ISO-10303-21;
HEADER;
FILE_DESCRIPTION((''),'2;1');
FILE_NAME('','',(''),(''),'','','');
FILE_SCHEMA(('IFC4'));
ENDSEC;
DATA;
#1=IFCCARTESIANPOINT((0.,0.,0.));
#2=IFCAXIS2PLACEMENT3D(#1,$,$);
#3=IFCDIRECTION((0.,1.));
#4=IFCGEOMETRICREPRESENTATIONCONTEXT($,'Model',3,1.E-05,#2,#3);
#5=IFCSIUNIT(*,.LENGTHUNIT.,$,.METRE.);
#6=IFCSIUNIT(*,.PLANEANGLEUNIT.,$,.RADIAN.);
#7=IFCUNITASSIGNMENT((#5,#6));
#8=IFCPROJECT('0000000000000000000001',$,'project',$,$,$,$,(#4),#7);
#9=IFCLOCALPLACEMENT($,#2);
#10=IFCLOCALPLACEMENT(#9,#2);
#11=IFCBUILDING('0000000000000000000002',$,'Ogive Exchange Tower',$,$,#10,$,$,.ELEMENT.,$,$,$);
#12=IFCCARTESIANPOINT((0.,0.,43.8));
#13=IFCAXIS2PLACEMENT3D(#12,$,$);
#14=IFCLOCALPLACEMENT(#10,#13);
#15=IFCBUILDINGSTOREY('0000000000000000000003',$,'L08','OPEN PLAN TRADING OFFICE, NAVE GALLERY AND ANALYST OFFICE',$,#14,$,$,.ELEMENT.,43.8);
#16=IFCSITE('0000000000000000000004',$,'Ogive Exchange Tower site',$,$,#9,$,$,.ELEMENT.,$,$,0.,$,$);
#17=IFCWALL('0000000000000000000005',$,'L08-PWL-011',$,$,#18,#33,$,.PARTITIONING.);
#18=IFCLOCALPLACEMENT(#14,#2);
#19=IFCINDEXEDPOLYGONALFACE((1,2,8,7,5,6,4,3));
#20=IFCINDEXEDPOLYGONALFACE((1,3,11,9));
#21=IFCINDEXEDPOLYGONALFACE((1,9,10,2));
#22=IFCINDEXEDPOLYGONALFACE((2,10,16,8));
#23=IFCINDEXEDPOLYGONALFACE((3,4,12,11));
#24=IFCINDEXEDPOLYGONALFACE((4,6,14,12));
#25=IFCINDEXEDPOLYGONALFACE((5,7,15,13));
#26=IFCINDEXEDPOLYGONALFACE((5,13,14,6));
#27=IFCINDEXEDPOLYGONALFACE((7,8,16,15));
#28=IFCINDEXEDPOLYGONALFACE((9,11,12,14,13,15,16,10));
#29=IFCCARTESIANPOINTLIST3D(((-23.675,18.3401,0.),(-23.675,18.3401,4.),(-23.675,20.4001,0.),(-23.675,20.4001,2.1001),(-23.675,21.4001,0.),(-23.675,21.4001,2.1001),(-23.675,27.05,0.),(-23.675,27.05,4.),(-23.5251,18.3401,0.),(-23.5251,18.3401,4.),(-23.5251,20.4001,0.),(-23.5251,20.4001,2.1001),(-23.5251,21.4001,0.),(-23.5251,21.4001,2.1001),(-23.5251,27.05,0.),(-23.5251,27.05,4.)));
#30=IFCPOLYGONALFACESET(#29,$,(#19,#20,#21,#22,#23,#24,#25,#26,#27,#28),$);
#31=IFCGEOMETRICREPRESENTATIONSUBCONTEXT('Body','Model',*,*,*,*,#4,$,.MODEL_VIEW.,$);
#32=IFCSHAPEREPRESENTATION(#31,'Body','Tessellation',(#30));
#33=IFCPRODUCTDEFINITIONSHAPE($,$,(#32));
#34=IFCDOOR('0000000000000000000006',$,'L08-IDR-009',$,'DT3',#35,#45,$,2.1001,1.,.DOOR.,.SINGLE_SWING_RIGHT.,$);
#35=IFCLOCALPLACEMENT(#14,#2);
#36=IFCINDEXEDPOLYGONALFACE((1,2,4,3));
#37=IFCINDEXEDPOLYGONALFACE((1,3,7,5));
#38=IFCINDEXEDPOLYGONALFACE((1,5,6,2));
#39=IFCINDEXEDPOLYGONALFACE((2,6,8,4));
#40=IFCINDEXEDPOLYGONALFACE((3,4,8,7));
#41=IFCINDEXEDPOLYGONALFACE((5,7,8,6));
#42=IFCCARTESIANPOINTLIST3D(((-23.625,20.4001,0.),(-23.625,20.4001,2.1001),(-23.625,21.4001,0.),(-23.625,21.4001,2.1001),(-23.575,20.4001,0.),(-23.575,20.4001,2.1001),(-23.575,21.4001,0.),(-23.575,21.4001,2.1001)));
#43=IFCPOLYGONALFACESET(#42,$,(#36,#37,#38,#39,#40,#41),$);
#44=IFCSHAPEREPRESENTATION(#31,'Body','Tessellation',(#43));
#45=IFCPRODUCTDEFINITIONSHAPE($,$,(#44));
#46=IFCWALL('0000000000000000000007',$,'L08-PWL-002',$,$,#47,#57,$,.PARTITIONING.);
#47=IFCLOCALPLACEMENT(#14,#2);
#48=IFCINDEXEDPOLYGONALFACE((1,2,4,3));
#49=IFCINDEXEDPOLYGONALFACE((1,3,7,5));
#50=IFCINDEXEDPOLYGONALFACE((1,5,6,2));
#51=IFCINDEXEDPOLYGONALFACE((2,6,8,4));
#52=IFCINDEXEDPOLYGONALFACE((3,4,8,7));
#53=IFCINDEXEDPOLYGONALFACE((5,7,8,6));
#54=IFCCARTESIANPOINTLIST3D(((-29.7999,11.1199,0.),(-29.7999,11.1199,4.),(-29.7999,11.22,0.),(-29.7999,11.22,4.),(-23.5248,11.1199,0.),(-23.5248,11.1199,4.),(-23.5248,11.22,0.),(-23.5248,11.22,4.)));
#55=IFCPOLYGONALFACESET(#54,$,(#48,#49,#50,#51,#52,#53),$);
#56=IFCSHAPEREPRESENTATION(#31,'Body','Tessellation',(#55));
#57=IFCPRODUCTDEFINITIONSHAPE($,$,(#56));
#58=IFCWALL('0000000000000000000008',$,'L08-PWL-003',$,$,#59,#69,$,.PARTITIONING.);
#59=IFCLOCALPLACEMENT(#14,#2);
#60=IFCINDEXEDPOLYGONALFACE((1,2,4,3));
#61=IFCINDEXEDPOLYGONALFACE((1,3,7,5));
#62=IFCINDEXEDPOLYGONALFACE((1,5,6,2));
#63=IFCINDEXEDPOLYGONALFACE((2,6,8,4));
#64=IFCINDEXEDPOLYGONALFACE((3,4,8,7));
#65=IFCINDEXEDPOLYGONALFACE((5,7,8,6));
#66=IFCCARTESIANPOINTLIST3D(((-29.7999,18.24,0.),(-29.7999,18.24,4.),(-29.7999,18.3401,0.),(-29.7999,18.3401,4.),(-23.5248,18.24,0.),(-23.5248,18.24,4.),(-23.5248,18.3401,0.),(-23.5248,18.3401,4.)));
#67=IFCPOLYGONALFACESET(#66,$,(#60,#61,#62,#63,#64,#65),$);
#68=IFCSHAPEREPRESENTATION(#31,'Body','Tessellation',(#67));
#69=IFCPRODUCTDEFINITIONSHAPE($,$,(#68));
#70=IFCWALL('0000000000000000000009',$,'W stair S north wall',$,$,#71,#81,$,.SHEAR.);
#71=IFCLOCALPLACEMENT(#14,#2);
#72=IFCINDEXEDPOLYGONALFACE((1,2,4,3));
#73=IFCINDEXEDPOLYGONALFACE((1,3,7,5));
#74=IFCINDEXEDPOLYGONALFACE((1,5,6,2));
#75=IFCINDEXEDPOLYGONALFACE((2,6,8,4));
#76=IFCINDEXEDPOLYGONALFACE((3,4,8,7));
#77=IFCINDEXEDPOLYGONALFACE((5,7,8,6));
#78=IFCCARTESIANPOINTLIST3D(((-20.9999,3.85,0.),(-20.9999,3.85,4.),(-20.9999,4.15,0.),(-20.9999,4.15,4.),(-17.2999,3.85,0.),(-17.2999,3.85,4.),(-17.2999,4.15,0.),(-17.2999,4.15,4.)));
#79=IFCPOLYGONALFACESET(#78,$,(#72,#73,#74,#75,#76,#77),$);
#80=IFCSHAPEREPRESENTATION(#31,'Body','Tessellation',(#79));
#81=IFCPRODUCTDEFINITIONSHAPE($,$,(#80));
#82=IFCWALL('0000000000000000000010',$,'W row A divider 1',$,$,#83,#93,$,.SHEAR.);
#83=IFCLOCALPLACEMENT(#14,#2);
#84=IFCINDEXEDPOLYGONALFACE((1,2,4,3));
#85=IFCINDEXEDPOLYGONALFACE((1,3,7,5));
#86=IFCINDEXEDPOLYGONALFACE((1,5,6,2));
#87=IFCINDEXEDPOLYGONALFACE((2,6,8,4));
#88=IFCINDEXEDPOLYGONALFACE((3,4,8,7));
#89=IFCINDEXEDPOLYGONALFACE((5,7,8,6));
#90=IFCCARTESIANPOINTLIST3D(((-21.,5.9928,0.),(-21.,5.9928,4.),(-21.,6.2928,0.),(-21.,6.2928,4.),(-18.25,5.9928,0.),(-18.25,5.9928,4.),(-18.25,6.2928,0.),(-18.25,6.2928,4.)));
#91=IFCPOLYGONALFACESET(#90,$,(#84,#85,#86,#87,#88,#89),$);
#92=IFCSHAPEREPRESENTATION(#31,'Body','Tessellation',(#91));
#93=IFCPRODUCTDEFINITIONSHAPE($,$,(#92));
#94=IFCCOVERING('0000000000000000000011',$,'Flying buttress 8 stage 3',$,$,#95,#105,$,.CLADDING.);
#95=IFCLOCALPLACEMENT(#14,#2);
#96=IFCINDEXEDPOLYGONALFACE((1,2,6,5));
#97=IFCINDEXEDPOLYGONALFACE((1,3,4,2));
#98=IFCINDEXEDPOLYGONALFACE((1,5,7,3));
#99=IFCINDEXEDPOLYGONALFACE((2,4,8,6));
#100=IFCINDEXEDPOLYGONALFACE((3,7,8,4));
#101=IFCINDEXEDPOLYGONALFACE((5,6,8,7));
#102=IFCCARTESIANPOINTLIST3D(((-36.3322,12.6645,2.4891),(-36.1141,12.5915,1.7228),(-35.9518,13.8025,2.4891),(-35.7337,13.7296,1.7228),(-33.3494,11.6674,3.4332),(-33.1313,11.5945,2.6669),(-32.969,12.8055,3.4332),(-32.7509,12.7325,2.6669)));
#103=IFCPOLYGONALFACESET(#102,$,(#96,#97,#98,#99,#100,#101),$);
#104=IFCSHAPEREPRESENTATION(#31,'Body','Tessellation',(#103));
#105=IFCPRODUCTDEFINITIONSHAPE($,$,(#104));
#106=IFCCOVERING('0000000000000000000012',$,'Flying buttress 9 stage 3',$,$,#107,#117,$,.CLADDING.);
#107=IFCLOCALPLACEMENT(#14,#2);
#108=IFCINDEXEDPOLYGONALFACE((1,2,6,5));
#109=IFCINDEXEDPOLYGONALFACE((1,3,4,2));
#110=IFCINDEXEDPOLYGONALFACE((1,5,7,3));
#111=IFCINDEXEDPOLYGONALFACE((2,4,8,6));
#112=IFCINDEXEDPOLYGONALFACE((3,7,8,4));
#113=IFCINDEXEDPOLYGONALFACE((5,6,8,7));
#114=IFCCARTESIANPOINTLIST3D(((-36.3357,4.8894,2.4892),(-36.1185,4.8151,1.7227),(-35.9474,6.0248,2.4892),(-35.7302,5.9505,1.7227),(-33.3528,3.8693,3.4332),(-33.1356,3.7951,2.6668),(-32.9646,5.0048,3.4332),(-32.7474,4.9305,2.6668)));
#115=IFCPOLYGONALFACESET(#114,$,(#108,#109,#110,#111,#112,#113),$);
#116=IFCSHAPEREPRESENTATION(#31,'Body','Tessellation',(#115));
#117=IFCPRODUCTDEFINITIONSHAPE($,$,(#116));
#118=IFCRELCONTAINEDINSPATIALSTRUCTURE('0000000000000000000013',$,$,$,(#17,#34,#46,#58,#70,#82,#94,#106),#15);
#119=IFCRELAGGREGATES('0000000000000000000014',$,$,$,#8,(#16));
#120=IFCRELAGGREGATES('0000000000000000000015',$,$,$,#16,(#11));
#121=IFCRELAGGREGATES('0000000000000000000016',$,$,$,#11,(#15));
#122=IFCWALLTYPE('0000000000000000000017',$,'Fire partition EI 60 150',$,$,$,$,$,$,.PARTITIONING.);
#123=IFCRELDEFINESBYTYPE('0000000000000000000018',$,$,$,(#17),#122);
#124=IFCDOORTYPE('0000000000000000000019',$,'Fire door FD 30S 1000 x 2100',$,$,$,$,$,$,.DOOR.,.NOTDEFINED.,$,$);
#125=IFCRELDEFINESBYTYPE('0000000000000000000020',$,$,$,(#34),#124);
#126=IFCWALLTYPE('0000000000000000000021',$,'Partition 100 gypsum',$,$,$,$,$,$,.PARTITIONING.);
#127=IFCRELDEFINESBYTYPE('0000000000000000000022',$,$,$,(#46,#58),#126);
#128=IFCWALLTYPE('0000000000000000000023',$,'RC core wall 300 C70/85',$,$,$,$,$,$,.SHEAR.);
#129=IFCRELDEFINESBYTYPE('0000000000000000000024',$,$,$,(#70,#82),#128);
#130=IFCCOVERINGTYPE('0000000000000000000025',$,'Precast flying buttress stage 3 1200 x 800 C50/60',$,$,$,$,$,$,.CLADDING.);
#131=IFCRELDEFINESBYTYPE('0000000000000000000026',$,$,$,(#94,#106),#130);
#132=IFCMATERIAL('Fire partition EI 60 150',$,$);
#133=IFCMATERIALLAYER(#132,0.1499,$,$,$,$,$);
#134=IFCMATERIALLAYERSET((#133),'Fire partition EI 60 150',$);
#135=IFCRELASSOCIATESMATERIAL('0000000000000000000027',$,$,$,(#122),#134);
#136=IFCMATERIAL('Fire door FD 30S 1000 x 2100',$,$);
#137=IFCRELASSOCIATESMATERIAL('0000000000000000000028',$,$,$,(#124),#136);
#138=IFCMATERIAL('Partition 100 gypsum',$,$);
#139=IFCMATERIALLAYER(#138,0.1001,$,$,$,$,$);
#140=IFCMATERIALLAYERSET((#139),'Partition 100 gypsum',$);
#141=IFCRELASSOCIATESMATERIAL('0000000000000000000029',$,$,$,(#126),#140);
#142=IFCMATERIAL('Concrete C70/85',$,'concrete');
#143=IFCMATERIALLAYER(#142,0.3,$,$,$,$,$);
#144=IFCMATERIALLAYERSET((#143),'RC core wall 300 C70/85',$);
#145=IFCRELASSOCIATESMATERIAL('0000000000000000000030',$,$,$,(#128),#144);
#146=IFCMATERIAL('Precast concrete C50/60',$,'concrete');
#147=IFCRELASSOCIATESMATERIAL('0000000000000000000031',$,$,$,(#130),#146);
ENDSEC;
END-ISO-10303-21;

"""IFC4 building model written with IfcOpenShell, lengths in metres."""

from ifc_helpers import new_model, si_unit, direction, frame, frame_2d, origin, origin_2d, place, context, subcontext, project, spatial, rectangle, extrude, material, layer, layer_set, material_profile, profile_set, type_object, element, fill, save


model = new_model("IFC4")

# Units and contexts
model_context = context("Model", 3, precision=1e-05, world=origin(), true_north=direction((0.0, 1.0)))
body_context = subcontext(model_context, "Body", "Model", "MODEL_VIEW")
ifc_project = project(units=[si_unit("LENGTHUNIT", "METRE"), si_unit("PLANEANGLEUNIT", "RADIAN")], contexts=[model_context])

# Site, building, storey
site_placement = place(None, origin())
site = spatial("IfcSite", under=ifc_project, at=site_placement, Name="Ogive Exchange Tower site", CompositionType="ELEMENT", RefElevation=0.0)
building_placement = place(site_placement, origin())
building = spatial("IfcBuilding", under=site, at=building_placement, Name="Ogive Exchange Tower", CompositionType="ELEMENT")
storey_placement = place(building_placement, frame((0.0, 0.0, 43.8)))
storey = spatial("IfcBuildingStorey", under=building, at=storey_placement, Name="L08", Description="OPEN PLAN TRADING OFFICE, NAVE GALLERY AND ANALYST OFFICE", CompositionType="ELEMENT", Elevation=43.8)

# Wall, opening, door
ifc_material_1 = material(Name="Fire partition EI 60 150")
ifc_layer_1 = layer(ifc_material_1, 0.1499)
ifc_layer_set_1 = layer_set([ifc_layer_1], Name="Fire partition EI 60 150")
wall_type_1 = type_object("IfcWallType", Name="Fire partition EI 60 150", PredefinedType="PARTITIONING", material=ifc_layer_set_1)
ifc_material_2 = material(Name="Fire door FD 30S 1000 x 2100")
door_type = type_object("IfcDoorType", Name="Fire door FD 30S 1000 x 2100", OperationType="NOTDEFINED", PredefinedType="DOOR", material=ifc_material_2)
wall_1_placement = place(storey_placement, frame((-23.6001, 18.3401, 0.0), z_axis=(0.0, 0.0, 1.0), x_axis=(0.0, 1.0, 0.0)))
wall_1 = element("IfcWall", 1, at=wall_1_placement, inside=storey, type_object=wall_type_1, Name="L08-PWL-011", PredefinedType="PARTITIONING", context=body_context, shape_type="SweptSolid", body=[
    extrude(rectangle(XDim=8.71, YDim=0.1499, at=frame_2d((4.355, 0.0))), origin(), (0.0, 0.0, 1.0), 4.0),
])
opening_1_placement = place(wall_1_placement, frame((2.0601, 0.0, 0.0)))
opening_1 = element("IfcOpeningElement", 2, at=opening_1_placement, cuts=wall_1, PredefinedType="OPENING", context=body_context, shape_type="SweptSolid", body=[
    extrude(rectangle(XDim=1.0, YDim=2.1001, at=frame_2d((0.5, 1.05))), frame((0.0, 0.085, 0.0), z_axis=(0.0, -1.0, 0.0), x_axis=(1.0, 0.0, 0.0)), (0.0, 0.0, 1.0), 0.1699),
])
door_1_placement = place(opening_1_placement, origin())
door_1 = element("IfcDoor", 3, at=door_1_placement, inside=storey, type_object=door_type, Name="L08-IDR-009", ObjectType="DT3", OperationType="SINGLE_SWING_RIGHT", OverallHeight=2.1001, OverallWidth=1.0, PredefinedType="DOOR", context=body_context, shape_type="SweptSolid", body=[
    extrude(rectangle(XDim=1.0, YDim=2.1001, at=frame_2d((0.5, 1.05))), frame((0.0, 0.0249, 0.0), z_axis=(0.0, -1.0, 0.0), x_axis=(1.0, 0.0, 0.0)), (0.0, 0.0, 1.0), 0.05),
])
fill(opening_1, door_1)

# Walls
ifc_material_3 = material(Name="Partition 100 gypsum")
ifc_layer_2 = layer(ifc_material_3, 0.1001)
ifc_layer_set_2 = layer_set([ifc_layer_2], Name="Partition 100 gypsum")
wall_type_2 = type_object("IfcWallType", Name="Partition 100 gypsum", PredefinedType="PARTITIONING", material=ifc_layer_set_2)
for number, where, z_axis, x_axis, name in (
    (4, (-29.8, 11.1699, 0.0), (0.0, 0.0, 1.0), (1.0, 0.0, 0.0), "L08-PWL-002"),
    (5, (-29.8, 18.29, 0.0), (0.0, 0.0, 1.0), (1.0, 0.0, 0.0), "L08-PWL-003"),
):
    element("IfcWall", number, at=place(storey_placement, frame(where, z_axis=z_axis, x_axis=x_axis)), inside=storey, type_object=wall_type_2, Name=name, PredefinedType="PARTITIONING", context=body_context, shape_type="SweptSolid", body=[
        extrude(rectangle(XDim=6.2751, YDim=0.1001, at=frame_2d((3.1377, 0.0))), origin(), (0.0, 0.0, 1.0), 4.0),
    ])
ifc_material_4 = material(Name="Concrete C70/85", Category="concrete")
ifc_layer_3 = layer(ifc_material_4, 0.3)
ifc_layer_set_3 = layer_set([ifc_layer_3], Name="RC core wall 300 C70/85")
wall_type_3 = type_object("IfcWallType", Name="RC core wall 300 C70/85", PredefinedType="SHEAR", material=ifc_layer_set_3)
wall_2_placement = place(storey_placement, frame((-21.0, 4.0, 0.0), z_axis=(0.0, 0.0, 1.0), x_axis=(1.0, 0.0, 0.0)))
element("IfcWall", 6, at=wall_2_placement, inside=storey, type_object=wall_type_3, Name="W stair S north wall", PredefinedType="SHEAR", context=body_context, shape_type="SweptSolid", body=[
    extrude(rectangle(XDim=3.7, YDim=0.3, at=frame_2d((1.8501, 0.0))), origin(), (0.0, 0.0, 1.0), 4.0),
])
wall_3_placement = place(storey_placement, frame((-21.0, 6.1428, 0.0), z_axis=(0.0, 0.0, 1.0), x_axis=(1.0, 0.0, 0.0)))
element("IfcWall", 7, at=wall_3_placement, inside=storey, type_object=wall_type_3, Name="W row A divider 1", PredefinedType="SHEAR", context=body_context, shape_type="SweptSolid", body=[
    extrude(rectangle(XDim=2.75, YDim=0.3, at=frame_2d((1.375, 0.0))), origin(), (0.0, 0.0, 1.0), 4.0),
])

# Coverings
ifc_material_5 = material(Name="Precast concrete C50/60", Category="concrete")
ifc_material_profile_1 = material_profile(ifc_material_5, rectangle(XDim=1.2, YDim=0.8, at=origin_2d()), Name="FLYING BUTTRESS 3 1200 x 800")
ifc_profile_set_1 = profile_set([ifc_material_profile_1], Name="Precast concrete C50/60")
covering_type = type_object("IfcCoveringType", Name="Precast flying buttress stage 3 1200 x 800 C50/60", PredefinedType="CLADDING", material=ifc_profile_set_1)
covering_1_placement = place(storey_placement, frame((-36.033, 13.197, 2.106), z_axis=(0.908377, -0.303635, 0.287502), x_axis=(0.317019, 0.948419, 0.0)))
element("IfcCovering", 8, at=covering_1_placement, inside=storey, type_object=covering_type, Name="Flying buttress 8 stage 3", PredefinedType="CLADDING", context=body_context, shape_type="SweptSolid", body=[
    extrude(rectangle(XDim=1.2, YDim=0.8, at=origin_2d()), origin(), (0.0, 0.0, 1.0), 3.2837),
])
covering_2_placement = place(storey_placement, frame((-36.033, 5.4199, 2.106), z_axis=(0.906433, -0.309959, 0.286886), x_axis=(0.32356, 0.946208, 0.0)))
element("IfcCovering", 9, at=covering_2_placement, inside=storey, type_object=covering_type, Name="Flying buttress 9 stage 3", PredefinedType="CLADDING", context=body_context, shape_type="SweptSolid", body=[
    extrude(rectangle(XDim=1.2, YDim=0.8, at=origin_2d()), origin(), (0.0, 0.0, 1.0), 3.2908),
])

save(model, "model.ifc")
